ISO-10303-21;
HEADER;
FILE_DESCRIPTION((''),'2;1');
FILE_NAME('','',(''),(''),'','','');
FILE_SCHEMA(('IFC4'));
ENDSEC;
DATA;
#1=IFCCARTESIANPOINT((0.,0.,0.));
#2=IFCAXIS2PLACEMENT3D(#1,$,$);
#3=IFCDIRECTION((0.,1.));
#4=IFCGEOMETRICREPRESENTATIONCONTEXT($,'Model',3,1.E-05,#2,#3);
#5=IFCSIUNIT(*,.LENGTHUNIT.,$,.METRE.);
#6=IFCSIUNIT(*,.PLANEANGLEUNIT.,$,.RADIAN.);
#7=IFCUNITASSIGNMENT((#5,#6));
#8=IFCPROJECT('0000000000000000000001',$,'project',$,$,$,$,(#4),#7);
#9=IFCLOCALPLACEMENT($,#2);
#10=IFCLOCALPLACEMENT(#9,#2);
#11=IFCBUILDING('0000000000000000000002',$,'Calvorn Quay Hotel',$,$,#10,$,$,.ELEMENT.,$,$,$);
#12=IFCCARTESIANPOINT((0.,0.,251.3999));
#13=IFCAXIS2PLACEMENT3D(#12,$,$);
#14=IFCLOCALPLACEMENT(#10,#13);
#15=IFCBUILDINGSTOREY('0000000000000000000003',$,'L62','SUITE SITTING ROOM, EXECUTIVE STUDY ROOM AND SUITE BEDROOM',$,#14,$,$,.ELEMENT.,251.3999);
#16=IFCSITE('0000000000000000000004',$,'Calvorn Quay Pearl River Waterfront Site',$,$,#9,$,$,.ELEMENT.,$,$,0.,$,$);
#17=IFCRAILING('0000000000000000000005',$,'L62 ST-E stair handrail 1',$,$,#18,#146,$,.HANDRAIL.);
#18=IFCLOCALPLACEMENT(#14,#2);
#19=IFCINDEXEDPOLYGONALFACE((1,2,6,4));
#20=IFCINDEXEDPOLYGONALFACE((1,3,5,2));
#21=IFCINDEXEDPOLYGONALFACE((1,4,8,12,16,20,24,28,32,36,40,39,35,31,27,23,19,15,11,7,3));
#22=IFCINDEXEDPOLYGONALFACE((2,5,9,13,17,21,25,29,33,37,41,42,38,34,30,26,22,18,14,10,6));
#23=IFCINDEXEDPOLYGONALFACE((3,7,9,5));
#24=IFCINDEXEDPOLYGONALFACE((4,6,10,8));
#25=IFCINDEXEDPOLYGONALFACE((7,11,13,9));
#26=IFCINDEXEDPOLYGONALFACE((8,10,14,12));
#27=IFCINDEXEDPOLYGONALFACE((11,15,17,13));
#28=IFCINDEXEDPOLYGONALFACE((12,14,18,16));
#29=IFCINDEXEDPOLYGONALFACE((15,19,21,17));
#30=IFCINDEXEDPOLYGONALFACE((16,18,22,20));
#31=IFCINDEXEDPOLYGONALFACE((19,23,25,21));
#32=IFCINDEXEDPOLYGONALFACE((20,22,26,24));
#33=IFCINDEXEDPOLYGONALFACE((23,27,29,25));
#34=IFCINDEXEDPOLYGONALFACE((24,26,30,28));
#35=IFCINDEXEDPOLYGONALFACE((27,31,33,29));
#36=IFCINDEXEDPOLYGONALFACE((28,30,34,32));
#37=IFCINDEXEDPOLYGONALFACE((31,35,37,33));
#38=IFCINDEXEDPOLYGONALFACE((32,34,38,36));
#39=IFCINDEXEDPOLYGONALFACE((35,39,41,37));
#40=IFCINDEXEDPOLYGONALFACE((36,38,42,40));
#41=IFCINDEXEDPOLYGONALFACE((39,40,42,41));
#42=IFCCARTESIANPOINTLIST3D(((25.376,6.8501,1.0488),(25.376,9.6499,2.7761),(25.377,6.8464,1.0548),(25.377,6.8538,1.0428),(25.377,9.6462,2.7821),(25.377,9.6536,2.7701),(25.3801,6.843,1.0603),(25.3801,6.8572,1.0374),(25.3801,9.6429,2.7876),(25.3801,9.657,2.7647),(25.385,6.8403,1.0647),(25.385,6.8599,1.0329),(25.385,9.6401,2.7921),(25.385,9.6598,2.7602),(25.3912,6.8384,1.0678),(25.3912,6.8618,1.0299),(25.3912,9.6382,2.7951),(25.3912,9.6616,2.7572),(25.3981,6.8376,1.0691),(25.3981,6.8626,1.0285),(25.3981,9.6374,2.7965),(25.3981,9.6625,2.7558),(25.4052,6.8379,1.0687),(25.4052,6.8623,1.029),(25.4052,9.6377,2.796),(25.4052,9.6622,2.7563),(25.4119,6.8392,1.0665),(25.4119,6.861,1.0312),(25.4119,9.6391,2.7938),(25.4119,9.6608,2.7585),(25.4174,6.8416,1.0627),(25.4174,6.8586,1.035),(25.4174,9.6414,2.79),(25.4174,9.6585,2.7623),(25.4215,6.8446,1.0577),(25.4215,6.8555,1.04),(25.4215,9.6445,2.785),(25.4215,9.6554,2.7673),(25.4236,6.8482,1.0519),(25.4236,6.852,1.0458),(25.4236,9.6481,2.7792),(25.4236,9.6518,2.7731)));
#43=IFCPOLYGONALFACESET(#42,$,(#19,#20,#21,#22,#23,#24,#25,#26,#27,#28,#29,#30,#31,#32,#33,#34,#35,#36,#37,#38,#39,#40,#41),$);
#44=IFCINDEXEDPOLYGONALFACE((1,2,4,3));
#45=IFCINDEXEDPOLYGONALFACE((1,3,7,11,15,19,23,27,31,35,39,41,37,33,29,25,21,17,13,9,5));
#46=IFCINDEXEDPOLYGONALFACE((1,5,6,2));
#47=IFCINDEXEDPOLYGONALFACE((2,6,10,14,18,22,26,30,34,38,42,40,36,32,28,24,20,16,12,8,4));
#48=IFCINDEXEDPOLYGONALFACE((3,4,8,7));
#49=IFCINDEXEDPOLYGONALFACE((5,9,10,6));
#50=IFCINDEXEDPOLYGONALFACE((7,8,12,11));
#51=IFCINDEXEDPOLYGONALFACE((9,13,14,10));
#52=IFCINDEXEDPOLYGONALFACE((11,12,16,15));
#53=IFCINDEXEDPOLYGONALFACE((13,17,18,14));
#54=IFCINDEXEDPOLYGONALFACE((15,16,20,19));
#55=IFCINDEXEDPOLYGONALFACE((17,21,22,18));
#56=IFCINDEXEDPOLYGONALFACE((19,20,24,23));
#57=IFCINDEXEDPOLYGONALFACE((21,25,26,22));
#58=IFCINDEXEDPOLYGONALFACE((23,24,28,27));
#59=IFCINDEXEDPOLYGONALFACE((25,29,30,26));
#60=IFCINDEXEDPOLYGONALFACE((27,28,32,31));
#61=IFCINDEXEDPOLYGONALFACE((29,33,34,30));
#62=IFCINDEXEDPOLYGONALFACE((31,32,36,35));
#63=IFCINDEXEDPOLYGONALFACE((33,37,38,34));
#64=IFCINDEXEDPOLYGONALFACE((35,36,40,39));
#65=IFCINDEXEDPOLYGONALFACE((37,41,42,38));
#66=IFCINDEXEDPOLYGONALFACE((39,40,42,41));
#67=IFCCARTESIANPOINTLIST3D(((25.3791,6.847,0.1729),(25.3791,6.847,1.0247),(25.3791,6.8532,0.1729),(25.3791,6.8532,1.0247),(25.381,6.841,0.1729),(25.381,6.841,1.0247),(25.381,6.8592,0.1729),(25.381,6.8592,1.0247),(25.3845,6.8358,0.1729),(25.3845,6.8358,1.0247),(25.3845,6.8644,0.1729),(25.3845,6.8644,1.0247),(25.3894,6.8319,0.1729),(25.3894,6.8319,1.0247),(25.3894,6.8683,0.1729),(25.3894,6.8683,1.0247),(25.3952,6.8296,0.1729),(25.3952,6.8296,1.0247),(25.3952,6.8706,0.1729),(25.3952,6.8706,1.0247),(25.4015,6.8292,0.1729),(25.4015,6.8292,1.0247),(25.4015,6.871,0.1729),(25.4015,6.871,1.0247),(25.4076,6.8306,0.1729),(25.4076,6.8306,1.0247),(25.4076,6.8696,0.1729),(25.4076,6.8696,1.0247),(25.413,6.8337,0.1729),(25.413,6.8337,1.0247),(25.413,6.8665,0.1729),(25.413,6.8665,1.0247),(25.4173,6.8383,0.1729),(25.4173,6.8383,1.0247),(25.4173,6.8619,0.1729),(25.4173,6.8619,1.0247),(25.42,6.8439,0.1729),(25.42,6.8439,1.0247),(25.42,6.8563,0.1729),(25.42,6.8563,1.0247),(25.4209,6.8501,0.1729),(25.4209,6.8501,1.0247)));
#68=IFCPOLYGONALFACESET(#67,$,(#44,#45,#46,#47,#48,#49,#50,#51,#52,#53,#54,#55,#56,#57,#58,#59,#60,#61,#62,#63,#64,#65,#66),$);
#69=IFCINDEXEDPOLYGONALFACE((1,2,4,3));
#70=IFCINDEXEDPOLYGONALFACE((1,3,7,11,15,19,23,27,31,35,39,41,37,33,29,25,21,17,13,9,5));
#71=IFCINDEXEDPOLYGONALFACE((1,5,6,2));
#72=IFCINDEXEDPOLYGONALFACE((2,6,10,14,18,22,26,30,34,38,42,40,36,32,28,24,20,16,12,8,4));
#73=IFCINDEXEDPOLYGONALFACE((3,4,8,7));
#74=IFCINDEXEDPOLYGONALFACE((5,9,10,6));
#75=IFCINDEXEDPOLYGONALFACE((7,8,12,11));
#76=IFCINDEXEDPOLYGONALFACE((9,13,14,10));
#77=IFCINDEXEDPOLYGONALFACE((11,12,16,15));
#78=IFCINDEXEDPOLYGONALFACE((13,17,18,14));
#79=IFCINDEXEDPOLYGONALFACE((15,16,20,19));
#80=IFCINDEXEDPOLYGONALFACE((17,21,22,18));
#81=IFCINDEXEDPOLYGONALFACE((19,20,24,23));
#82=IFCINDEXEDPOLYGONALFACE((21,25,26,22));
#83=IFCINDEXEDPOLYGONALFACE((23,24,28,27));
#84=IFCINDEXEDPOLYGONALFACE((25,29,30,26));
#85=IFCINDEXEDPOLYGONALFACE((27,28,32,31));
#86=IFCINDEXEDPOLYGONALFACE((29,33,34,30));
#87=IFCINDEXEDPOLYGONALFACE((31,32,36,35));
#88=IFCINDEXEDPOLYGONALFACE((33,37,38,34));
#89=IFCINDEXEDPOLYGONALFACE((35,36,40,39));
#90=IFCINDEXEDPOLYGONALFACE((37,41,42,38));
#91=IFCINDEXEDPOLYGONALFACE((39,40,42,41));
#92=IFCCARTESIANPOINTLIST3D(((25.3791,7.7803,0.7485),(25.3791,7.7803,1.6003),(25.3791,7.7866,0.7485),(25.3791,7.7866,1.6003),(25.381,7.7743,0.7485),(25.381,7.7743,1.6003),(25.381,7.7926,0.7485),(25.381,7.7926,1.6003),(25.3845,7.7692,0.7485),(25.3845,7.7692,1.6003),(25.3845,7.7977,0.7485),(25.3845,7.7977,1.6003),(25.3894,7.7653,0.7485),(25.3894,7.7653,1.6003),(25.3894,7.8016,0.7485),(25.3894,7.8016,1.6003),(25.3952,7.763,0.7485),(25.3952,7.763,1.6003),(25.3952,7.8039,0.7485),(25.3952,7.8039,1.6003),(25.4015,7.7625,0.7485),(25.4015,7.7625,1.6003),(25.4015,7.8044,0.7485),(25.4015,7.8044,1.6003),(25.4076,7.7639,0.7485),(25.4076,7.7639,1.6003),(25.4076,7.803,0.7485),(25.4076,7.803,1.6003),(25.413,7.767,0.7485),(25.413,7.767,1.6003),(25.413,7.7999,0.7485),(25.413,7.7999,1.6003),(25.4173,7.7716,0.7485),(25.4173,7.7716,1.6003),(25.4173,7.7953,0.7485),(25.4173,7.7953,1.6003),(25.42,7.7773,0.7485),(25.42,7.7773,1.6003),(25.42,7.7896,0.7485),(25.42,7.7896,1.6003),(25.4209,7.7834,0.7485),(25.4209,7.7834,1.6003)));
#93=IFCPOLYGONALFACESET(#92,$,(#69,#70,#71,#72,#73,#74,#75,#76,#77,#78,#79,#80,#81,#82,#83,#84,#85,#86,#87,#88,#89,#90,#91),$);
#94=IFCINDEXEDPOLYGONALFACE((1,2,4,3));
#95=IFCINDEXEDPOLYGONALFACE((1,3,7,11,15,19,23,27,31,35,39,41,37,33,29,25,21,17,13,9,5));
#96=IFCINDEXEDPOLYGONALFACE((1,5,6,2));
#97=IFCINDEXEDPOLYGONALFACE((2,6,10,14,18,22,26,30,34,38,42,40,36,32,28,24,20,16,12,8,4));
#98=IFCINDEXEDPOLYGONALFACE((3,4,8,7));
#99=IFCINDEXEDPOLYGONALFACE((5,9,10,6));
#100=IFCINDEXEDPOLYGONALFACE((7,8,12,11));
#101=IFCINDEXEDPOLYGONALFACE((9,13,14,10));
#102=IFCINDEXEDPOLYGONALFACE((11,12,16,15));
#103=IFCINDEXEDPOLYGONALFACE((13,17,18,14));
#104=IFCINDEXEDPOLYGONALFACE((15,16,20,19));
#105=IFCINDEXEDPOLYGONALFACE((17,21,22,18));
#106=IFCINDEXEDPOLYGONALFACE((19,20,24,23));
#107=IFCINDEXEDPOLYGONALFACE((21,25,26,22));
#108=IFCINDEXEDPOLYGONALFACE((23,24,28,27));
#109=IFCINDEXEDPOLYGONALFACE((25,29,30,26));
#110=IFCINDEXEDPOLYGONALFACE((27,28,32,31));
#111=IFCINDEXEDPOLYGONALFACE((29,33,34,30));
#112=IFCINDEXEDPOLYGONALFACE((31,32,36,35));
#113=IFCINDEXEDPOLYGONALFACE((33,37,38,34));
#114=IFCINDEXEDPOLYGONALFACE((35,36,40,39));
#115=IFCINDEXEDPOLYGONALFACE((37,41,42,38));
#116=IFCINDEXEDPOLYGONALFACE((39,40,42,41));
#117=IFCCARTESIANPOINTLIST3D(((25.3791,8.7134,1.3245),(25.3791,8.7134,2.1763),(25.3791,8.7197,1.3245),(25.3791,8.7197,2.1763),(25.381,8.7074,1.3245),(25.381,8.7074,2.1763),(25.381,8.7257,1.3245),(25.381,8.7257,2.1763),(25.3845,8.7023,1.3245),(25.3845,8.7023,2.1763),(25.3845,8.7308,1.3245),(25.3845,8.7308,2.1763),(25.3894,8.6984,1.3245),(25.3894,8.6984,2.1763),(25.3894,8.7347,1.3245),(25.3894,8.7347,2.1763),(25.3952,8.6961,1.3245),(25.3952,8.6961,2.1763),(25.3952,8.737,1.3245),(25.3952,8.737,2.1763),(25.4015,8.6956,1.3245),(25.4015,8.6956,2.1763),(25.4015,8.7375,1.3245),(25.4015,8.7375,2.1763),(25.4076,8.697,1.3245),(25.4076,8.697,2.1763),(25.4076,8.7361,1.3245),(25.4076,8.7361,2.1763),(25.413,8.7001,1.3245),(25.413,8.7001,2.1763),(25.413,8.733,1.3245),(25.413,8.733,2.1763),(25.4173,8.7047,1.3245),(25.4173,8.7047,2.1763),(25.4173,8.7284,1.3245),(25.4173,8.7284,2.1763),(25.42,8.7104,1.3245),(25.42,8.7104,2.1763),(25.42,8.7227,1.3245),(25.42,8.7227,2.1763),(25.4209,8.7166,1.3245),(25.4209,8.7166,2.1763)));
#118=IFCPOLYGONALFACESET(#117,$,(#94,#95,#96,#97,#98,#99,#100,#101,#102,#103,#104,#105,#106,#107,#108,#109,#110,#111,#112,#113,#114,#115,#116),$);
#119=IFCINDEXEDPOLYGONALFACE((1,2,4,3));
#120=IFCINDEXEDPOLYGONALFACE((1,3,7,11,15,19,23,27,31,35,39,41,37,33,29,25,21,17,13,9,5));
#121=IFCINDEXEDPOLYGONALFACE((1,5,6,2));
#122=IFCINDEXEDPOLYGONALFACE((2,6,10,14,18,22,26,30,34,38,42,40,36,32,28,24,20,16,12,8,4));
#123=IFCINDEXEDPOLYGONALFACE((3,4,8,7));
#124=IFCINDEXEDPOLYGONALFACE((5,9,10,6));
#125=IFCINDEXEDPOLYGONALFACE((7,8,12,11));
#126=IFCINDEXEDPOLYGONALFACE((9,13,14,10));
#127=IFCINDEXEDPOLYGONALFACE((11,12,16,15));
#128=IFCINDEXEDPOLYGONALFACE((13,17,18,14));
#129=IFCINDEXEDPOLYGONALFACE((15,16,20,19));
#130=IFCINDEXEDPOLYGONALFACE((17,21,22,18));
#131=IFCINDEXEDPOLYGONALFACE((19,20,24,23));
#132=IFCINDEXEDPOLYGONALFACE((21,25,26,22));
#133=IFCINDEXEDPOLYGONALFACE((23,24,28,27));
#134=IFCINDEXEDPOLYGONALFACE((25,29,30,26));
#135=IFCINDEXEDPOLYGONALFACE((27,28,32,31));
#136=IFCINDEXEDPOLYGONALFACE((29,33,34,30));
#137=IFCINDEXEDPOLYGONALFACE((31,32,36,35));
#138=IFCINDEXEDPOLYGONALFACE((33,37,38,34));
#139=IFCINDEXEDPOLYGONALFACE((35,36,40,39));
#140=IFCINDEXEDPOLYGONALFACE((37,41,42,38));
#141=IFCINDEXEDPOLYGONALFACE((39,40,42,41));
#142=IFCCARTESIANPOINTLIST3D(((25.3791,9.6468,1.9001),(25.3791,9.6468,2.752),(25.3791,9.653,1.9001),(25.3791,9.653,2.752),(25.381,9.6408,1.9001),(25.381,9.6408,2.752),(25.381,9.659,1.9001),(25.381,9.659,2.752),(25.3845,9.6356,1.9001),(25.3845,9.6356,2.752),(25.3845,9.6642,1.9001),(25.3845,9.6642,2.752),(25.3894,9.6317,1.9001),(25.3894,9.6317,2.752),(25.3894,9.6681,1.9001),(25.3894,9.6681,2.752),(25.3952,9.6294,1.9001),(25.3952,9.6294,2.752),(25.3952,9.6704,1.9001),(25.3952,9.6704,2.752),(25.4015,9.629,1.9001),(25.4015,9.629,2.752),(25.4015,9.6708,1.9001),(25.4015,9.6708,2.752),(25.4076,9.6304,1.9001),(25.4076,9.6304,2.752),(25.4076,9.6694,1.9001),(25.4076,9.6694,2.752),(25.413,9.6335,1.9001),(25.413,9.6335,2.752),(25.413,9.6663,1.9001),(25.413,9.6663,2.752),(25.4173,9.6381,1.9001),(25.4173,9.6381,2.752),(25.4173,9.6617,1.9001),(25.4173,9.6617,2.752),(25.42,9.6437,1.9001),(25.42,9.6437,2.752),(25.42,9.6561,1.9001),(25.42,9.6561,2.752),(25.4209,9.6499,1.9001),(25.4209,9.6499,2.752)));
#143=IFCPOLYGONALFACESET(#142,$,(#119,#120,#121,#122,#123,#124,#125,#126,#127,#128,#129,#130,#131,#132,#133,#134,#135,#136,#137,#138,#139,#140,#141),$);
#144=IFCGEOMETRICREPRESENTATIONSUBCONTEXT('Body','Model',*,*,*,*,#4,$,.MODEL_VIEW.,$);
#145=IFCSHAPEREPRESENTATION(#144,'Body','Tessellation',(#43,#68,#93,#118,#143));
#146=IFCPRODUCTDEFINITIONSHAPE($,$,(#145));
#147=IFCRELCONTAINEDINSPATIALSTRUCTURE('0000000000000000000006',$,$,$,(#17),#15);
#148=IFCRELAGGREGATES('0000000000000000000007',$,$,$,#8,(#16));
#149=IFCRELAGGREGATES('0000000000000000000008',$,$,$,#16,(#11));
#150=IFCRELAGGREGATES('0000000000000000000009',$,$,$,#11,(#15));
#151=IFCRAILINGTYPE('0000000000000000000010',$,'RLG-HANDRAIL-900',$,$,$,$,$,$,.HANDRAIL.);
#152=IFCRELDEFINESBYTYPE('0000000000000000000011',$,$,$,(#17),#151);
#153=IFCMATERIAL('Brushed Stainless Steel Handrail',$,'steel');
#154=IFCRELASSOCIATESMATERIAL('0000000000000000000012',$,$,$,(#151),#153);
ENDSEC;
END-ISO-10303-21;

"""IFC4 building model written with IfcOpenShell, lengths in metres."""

from ifc_helpers import new_model, si_unit, direction, frame, origin, origin_2d, place, context, subcontext, project, spatial, circle, extrude, material, type_object, element, save


model = new_model("IFC4")

# Units and contexts
model_context = context("Model", 3, precision=1e-05, world=origin(), true_north=direction((0.0, 1.0)))
body_context = subcontext(model_context, "Body", "Model", "MODEL_VIEW")
ifc_project = project(units=[si_unit("LENGTHUNIT", "METRE"), si_unit("PLANEANGLEUNIT", "RADIAN")], contexts=[model_context])

# Site, building, storey
site_placement = place(None, origin())
site = spatial("IfcSite", under=ifc_project, at=site_placement, Name="Calvorn Quay Pearl River Waterfront Site", CompositionType="ELEMENT", RefElevation=0.0)
building_placement = place(site_placement, origin())
building = spatial("IfcBuilding", under=site, at=building_placement, Name="Calvorn Quay Hotel", CompositionType="ELEMENT")
storey_placement = place(building_placement, frame((0.0, 0.0, 251.3999)))
storey = spatial("IfcBuildingStorey", under=building, at=storey_placement, Name="L62", Description="SUITE SITTING ROOM, EXECUTIVE STUDY ROOM AND SUITE BEDROOM", CompositionType="ELEMENT", Elevation=251.3999)

# Railing
ifc_material_1 = material(Name="Brushed Stainless Steel Handrail", Category="steel")
railing_type_1 = type_object("IfcRailingType", Name="RLG-HANDRAIL-900", PredefinedType="HANDRAIL", material=ifc_material_1)
railing_1_placement = place(storey_placement, frame((25.3999, 6.8501, 0.1729)))
element("IfcRailing", 1, at=railing_1_placement, inside=storey, type_object=railing_type_1, Name="L62 ST-E stair handrail 1", PredefinedType="HANDRAIL", context=body_context, shape_type="SweptSolid", body=[
    extrude(circle(Radius=0.0239, at=origin_2d()), frame((0.0, 0.0, 0.876), z_axis=(0.0, 0.851069, 0.525054), x_axis=(-1.0, 0.0, 0.0)), (0.0, 0.0, 1.0), 3.2898),
    extrude(circle(Radius=0.021, at=origin_2d()), origin(), (0.0, 0.0, 1.0), 0.8518),
    extrude(circle(Radius=0.021, at=origin_2d()), frame((0.0, 0.9333, 0.5757)), (0.0, 0.0, 1.0), 0.8518),
    extrude(circle(Radius=0.021, at=origin_2d()), frame((0.0, 1.8665, 1.1516)), (0.0, 0.0, 1.0), 0.8518),
    extrude(circle(Radius=0.021, at=origin_2d()), frame((0.0, 2.7998, 1.7273)), (0.0, 0.0, 1.0), 0.8518),
])

save(model, "model.ifc")
